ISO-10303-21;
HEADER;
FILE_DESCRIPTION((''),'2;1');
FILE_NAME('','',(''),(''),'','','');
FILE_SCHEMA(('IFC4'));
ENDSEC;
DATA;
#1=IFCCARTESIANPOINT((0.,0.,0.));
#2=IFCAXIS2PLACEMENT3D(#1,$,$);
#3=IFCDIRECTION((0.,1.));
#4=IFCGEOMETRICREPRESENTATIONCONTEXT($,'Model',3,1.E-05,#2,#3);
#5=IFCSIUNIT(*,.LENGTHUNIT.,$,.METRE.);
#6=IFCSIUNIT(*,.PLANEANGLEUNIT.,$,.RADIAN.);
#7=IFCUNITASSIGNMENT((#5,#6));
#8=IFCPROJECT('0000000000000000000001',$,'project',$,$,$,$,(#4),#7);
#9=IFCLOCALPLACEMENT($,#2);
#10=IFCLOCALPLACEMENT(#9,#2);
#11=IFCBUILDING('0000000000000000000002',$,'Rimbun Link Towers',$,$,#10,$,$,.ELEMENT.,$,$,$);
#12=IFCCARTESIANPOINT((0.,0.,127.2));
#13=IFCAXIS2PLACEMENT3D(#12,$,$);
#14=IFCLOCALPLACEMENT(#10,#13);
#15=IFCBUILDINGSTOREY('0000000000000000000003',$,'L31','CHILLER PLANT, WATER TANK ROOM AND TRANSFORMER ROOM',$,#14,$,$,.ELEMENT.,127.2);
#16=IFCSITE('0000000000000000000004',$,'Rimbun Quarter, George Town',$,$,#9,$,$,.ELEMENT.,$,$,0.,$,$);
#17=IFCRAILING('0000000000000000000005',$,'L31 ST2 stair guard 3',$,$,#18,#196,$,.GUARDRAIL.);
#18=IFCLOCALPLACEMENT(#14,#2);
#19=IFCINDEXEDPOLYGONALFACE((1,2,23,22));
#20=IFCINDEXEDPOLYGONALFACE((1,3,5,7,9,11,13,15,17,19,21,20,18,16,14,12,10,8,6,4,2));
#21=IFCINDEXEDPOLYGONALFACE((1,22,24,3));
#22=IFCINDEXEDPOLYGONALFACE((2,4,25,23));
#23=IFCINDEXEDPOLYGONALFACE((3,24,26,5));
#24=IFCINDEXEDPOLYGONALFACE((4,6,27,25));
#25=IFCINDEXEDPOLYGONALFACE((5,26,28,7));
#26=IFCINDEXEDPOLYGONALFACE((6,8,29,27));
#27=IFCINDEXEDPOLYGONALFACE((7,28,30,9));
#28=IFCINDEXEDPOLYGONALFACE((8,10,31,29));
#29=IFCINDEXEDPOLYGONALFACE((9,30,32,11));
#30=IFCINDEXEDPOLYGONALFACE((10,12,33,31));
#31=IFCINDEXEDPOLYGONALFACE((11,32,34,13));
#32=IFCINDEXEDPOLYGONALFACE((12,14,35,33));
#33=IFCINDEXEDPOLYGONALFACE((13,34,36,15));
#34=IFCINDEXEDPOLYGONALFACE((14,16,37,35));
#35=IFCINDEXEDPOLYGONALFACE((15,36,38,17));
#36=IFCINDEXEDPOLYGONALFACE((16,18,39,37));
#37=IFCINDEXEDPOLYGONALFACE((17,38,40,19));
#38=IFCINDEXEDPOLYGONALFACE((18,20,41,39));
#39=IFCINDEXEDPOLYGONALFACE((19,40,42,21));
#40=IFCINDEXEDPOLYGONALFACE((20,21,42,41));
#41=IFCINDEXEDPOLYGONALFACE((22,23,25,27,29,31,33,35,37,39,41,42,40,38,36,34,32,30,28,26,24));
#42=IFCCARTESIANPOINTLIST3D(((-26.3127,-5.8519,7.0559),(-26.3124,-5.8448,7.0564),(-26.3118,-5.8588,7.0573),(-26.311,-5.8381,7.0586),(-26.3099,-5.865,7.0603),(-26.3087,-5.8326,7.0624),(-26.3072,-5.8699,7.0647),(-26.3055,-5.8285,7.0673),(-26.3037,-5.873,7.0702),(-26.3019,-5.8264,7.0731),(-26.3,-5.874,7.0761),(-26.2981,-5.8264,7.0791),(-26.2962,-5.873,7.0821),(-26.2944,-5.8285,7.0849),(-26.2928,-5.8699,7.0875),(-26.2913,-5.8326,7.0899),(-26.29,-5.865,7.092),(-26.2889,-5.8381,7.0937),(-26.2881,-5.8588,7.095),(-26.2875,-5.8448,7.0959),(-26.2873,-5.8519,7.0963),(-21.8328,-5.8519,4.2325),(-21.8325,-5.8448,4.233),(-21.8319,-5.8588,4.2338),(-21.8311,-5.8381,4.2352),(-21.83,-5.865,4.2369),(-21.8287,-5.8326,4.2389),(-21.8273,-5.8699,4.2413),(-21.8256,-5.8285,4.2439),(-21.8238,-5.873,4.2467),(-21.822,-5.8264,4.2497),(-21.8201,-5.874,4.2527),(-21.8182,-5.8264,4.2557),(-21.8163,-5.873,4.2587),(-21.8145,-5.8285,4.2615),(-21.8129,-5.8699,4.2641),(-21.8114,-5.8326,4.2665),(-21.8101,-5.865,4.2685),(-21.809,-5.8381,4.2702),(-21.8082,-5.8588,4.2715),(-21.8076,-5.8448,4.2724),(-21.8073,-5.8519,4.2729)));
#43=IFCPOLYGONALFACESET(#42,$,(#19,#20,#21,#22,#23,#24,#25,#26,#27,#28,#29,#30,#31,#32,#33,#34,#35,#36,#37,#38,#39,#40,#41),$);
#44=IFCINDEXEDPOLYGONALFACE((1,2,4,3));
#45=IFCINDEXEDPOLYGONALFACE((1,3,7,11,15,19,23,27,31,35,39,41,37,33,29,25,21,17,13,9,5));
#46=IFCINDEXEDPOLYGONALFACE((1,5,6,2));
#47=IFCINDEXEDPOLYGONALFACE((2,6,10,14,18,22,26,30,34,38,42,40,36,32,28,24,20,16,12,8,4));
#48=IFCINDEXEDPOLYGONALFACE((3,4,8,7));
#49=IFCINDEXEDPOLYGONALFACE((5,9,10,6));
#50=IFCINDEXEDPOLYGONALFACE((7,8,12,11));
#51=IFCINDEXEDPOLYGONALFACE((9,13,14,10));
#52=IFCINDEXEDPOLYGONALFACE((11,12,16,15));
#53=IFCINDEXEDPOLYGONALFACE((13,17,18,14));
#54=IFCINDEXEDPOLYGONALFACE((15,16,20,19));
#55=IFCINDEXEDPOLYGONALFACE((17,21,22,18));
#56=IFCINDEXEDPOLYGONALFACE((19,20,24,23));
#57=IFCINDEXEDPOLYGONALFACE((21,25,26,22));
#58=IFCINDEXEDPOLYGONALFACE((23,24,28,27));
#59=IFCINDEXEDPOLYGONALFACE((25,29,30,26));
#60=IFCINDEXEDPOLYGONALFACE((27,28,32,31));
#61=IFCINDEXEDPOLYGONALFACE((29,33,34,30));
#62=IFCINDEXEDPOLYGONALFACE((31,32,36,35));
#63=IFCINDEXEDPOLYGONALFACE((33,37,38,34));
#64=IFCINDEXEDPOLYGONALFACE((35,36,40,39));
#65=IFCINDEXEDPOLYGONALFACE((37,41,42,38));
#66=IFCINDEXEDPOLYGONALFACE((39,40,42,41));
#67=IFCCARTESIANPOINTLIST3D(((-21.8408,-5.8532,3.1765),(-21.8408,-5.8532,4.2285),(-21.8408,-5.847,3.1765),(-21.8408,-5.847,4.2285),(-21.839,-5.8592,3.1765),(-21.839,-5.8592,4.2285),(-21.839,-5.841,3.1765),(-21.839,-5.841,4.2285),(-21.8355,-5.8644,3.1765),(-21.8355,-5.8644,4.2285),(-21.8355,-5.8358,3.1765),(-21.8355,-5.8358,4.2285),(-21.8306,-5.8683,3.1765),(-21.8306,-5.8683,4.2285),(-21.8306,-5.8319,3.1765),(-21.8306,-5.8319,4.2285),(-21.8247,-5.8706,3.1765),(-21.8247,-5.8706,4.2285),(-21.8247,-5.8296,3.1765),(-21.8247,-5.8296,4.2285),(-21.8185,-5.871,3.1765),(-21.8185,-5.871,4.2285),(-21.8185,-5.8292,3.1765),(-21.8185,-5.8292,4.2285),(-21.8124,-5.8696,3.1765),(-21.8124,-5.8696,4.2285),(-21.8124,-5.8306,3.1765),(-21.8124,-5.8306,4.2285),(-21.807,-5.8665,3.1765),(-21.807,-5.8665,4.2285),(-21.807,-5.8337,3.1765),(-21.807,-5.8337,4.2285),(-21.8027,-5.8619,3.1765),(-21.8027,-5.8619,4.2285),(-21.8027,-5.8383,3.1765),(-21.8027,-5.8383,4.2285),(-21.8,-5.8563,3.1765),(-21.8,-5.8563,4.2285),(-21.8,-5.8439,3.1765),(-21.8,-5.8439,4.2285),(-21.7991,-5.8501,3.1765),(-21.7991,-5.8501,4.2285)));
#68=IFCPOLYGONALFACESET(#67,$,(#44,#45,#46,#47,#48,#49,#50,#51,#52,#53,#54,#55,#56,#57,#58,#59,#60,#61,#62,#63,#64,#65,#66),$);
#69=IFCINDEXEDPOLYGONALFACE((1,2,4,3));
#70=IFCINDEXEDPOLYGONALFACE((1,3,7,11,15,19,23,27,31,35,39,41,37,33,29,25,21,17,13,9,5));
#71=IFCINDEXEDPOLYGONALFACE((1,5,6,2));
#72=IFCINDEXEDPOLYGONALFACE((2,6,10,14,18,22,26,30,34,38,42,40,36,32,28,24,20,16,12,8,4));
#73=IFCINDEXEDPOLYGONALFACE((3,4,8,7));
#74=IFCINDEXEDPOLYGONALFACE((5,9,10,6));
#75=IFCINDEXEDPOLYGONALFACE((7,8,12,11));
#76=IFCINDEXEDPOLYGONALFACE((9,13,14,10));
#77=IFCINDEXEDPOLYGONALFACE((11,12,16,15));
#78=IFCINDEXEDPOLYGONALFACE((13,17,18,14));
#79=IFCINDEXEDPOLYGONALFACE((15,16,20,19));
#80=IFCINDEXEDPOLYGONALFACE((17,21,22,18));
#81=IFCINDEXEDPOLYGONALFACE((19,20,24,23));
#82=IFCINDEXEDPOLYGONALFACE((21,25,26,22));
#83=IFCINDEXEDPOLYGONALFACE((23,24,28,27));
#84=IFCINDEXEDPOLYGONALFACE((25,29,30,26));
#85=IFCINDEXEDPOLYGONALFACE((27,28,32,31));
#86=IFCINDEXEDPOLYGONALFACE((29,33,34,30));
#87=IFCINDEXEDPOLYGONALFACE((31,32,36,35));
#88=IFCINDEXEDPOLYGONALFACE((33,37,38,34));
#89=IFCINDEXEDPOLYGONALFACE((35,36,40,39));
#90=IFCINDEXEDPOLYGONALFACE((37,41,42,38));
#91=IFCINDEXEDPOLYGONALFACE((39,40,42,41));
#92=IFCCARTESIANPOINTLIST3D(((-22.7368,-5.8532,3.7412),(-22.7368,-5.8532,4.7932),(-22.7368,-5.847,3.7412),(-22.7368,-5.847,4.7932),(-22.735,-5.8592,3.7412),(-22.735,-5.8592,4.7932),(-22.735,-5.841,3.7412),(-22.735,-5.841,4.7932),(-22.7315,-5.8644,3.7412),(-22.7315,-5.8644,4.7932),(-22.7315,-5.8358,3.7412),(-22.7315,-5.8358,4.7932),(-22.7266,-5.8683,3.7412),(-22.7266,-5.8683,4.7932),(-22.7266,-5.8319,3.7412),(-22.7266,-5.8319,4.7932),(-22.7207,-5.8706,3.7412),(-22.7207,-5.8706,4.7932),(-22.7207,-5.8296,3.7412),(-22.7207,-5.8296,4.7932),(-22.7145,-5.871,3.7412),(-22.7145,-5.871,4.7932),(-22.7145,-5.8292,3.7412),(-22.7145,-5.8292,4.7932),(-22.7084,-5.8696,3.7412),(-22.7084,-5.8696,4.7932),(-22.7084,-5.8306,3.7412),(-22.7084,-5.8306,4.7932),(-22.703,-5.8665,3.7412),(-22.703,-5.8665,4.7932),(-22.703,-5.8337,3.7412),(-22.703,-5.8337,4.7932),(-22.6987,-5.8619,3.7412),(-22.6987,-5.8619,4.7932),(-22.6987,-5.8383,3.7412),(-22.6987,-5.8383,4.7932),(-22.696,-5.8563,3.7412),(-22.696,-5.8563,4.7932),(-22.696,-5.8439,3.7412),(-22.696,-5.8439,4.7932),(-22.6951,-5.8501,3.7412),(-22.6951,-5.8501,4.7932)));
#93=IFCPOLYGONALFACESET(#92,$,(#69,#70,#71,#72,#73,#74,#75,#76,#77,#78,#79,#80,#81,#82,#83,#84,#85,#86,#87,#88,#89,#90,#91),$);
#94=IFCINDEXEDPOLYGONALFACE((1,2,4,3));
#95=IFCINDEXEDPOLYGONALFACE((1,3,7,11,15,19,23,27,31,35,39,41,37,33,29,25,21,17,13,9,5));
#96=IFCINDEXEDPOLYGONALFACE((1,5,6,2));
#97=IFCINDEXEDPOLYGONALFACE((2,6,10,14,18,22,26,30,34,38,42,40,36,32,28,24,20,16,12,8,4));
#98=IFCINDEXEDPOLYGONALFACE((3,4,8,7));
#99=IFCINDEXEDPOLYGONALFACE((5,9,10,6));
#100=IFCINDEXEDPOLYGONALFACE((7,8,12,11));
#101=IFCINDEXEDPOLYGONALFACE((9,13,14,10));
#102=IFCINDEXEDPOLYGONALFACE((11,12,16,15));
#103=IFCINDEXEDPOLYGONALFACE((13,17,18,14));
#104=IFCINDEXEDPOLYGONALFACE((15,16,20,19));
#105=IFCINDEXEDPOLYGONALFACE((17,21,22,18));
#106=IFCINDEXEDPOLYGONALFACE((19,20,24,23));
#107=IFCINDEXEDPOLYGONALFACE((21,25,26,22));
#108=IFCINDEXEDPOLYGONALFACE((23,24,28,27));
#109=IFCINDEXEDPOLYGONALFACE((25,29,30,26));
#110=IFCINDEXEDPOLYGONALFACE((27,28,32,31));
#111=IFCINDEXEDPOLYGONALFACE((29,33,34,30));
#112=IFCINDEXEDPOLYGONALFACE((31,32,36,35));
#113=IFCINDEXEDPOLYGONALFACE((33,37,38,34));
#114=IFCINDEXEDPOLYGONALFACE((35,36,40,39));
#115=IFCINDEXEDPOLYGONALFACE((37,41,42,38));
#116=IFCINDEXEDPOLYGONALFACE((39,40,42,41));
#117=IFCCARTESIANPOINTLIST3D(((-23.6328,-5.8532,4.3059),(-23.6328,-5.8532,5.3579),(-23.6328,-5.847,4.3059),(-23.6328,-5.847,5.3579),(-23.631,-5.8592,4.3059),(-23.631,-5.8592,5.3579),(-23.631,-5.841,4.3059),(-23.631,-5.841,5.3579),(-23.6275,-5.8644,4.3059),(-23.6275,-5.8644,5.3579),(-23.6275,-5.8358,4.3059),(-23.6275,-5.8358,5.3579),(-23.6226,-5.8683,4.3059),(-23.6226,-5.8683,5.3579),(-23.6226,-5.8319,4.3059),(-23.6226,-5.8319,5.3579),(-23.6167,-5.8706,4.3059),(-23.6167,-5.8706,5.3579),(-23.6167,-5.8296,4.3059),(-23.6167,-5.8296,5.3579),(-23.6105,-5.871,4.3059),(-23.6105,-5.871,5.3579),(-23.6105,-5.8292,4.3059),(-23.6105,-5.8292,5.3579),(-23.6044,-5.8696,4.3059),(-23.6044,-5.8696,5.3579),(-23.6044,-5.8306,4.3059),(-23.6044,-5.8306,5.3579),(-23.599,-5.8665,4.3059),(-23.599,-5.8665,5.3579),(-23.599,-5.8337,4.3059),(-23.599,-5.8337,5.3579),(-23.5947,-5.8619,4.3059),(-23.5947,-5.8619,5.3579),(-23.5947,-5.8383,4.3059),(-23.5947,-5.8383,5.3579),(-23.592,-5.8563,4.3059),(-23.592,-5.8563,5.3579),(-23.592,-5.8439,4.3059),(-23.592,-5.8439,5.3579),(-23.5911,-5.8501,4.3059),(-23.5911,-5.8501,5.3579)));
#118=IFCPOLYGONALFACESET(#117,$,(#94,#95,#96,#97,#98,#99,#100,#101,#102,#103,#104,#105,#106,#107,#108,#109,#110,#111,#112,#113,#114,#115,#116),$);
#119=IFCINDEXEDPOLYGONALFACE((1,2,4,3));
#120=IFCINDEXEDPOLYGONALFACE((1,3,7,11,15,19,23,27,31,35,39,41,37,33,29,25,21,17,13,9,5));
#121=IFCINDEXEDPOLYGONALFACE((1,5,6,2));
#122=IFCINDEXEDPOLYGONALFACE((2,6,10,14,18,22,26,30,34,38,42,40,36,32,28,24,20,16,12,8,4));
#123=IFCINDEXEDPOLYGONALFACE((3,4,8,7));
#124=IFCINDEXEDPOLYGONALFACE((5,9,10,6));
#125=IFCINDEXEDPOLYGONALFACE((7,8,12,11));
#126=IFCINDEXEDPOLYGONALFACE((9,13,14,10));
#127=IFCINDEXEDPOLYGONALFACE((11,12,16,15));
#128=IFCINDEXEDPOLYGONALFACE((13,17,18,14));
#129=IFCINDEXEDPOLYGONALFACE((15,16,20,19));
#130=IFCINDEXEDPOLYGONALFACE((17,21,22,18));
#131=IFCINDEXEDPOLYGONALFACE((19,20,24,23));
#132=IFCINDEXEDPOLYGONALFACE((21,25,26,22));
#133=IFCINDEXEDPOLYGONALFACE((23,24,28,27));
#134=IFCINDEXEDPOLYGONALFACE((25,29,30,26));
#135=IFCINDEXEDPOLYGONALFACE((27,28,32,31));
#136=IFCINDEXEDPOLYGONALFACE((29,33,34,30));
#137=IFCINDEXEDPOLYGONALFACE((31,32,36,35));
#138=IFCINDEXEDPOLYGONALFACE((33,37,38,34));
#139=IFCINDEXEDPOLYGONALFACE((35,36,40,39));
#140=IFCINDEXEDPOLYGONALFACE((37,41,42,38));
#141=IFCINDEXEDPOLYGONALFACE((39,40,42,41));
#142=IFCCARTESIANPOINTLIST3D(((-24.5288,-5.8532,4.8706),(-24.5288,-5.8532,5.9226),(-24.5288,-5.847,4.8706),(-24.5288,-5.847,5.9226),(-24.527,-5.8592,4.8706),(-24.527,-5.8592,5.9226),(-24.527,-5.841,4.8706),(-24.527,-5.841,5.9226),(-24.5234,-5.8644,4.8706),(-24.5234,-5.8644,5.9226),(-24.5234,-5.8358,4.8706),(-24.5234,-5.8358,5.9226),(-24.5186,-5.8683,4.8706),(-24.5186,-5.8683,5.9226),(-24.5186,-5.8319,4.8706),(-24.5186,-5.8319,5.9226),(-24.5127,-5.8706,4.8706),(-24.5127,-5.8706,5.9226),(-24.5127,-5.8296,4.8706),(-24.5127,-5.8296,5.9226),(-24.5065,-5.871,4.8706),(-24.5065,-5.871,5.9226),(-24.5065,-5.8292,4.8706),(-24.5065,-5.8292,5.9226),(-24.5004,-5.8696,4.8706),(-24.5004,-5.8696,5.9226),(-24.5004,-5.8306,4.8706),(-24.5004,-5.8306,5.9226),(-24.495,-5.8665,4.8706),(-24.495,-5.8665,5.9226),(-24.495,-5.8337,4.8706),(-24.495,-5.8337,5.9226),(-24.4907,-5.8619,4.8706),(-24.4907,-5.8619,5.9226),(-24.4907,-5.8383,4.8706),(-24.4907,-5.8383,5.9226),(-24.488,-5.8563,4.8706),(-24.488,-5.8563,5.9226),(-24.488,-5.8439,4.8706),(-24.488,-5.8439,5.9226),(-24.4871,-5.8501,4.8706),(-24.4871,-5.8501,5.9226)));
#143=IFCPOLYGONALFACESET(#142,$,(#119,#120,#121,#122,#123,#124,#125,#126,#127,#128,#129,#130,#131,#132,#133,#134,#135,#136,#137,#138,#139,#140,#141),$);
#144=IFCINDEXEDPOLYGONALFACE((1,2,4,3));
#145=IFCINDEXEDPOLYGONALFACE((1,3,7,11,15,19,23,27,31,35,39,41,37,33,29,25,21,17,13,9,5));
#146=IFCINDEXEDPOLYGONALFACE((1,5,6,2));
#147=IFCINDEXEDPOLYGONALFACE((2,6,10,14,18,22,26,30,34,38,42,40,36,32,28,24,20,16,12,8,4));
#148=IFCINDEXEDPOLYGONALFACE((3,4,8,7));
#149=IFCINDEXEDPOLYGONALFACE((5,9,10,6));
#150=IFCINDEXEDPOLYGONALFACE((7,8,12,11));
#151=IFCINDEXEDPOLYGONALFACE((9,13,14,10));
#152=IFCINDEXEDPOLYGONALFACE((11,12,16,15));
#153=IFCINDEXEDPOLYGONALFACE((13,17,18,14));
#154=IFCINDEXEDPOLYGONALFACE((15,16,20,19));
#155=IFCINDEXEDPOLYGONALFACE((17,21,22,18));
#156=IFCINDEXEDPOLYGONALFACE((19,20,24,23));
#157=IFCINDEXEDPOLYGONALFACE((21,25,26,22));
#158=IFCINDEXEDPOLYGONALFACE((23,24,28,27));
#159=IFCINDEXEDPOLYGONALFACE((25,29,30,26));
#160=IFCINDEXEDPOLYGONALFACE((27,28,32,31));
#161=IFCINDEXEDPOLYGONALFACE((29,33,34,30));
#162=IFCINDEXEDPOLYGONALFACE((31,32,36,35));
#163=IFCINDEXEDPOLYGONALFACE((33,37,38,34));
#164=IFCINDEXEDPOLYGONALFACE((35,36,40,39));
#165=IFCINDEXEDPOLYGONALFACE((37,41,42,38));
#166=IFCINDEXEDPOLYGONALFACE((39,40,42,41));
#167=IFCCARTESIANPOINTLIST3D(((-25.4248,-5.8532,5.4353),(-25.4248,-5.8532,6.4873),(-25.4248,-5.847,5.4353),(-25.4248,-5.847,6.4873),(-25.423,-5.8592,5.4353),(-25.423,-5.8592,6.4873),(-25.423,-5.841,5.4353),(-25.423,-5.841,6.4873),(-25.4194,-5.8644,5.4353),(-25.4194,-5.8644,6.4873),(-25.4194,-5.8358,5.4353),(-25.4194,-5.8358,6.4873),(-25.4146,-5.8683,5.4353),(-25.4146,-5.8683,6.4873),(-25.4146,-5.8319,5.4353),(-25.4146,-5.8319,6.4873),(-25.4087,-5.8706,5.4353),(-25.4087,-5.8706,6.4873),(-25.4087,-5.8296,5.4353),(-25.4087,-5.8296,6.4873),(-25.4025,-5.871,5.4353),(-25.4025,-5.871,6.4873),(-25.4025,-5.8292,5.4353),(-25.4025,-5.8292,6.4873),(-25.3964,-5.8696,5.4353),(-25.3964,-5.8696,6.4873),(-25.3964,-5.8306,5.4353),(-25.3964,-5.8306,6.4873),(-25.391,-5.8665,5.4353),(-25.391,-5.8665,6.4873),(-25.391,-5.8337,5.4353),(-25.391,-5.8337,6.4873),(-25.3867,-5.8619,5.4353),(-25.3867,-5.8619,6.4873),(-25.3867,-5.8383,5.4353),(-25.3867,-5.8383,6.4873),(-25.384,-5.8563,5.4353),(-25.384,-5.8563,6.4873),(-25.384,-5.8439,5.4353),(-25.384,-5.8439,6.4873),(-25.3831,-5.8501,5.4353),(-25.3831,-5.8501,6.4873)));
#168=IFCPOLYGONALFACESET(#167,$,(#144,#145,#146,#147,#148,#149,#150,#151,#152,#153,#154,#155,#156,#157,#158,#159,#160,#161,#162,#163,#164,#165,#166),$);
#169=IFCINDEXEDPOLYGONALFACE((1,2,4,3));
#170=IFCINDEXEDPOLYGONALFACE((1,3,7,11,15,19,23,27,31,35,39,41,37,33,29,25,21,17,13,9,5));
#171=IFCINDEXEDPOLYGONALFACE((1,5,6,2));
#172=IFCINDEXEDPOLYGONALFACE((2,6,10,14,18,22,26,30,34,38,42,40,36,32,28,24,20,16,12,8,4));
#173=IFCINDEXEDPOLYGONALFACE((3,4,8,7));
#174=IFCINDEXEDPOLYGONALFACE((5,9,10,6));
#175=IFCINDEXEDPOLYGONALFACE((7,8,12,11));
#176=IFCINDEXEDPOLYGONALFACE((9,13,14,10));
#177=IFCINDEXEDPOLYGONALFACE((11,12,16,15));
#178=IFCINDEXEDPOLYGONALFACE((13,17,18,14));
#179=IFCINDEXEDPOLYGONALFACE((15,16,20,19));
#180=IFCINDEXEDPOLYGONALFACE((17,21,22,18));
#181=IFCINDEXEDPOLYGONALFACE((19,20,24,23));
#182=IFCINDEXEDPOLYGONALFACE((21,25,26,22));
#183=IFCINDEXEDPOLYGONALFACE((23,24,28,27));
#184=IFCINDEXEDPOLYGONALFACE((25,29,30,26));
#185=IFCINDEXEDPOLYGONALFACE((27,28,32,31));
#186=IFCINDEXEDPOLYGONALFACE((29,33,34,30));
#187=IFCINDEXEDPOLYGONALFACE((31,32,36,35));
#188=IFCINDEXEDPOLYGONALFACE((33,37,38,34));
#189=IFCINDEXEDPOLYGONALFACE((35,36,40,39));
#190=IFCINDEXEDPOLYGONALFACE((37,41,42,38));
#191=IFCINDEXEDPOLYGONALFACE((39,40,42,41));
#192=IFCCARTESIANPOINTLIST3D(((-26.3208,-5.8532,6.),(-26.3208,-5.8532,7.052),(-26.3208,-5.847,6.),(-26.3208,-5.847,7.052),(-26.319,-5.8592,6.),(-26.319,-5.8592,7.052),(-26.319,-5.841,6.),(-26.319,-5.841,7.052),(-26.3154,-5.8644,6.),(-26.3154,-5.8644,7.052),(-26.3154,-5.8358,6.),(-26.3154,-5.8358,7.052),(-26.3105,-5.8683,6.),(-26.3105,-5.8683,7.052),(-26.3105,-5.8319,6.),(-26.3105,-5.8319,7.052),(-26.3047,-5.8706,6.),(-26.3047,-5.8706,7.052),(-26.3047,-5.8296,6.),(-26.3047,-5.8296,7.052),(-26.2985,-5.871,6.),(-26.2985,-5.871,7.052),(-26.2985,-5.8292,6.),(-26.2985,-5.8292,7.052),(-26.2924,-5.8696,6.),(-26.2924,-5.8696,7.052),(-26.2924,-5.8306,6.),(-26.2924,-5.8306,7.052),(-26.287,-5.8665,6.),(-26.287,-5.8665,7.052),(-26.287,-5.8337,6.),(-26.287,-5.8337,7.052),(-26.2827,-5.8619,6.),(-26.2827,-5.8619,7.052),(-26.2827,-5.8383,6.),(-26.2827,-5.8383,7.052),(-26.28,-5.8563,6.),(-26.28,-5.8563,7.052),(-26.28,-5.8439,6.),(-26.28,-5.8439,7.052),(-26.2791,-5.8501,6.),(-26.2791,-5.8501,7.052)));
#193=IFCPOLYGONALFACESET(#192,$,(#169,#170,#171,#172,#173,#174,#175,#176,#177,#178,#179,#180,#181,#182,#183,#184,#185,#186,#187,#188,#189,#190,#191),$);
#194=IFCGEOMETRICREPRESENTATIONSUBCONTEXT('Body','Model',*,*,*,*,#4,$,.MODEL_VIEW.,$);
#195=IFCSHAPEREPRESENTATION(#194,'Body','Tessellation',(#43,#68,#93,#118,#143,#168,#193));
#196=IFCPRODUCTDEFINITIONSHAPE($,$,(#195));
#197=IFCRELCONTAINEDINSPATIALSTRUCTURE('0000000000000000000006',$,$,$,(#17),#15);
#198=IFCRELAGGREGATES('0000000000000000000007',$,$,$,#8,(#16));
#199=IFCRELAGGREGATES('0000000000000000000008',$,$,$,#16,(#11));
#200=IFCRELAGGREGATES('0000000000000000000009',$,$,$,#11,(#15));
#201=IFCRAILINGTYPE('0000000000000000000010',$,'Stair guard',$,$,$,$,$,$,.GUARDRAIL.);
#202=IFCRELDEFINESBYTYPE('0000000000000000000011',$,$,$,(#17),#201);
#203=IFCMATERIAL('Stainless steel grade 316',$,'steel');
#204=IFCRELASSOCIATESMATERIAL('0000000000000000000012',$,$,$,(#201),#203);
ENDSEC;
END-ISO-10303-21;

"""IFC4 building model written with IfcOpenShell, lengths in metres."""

from ifc_helpers import new_model, si_unit, direction, frame, origin, origin_2d, place, context, subcontext, project, spatial, circle, extrude, material, type_object, element, save


model = new_model("IFC4")

# Units and contexts
model_context = context("Model", 3, precision=1e-05, world=origin(), true_north=direction((0.0, 1.0)))
body_context = subcontext(model_context, "Body", "Model", "MODEL_VIEW")
ifc_project = project(units=[si_unit("LENGTHUNIT", "METRE"), si_unit("PLANEANGLEUNIT", "RADIAN")], contexts=[model_context])

# Site, building, storey
site_placement = place(None, origin())
site = spatial("IfcSite", under=ifc_project, at=site_placement, Name="Rimbun Quarter, George Town", CompositionType="ELEMENT", RefElevation=0.0)
building_placement = place(site_placement, origin())
building = spatial("IfcBuilding", under=site, at=building_placement, Name="Rimbun Link Towers", CompositionType="ELEMENT")
storey_placement = place(building_placement, frame((0.0, 0.0, 127.2)))
storey = spatial("IfcBuildingStorey", under=building, at=storey_placement, Name="L31", Description="CHILLER PLANT, WATER TANK ROOM AND TRANSFORMER ROOM", CompositionType="ELEMENT", Elevation=127.2)

# Railing
ifc_material_1 = material(Name="Stainless steel grade 316", Category="steel")
railing_type_1 = type_object("IfcRailingType", Name="Stair guard", PredefinedType="GUARDRAIL", material=ifc_material_1)
railing_1_placement = place(storey_placement, frame((-21.8201, -5.8501, 3.1765)))
element("IfcRailing", 1, at=railing_1_placement, inside=storey, type_object=railing_type_1, Name="L31 ST2 stair guard 3", PredefinedType="GUARDRAIL", context=body_context, shape_type="SweptSolid", body=[
    extrude(circle(Radius=0.0239, at=origin_2d()), frame((0.0, 0.0, 1.0762), z_axis=(-0.845998, 0.0, 0.533186), x_axis=(0.0, -1.0, 0.0)), (0.0, 0.0, 1.0), 5.2954),
    extrude(circle(Radius=0.021, at=origin_2d()), origin(), (0.0, 0.0, 1.0), 1.052),
    extrude(circle(Radius=0.021, at=origin_2d()), frame((-0.896, 0.0, 0.5647)), (0.0, 0.0, 1.0), 1.052),
    extrude(circle(Radius=0.021, at=origin_2d()), frame((-1.792, 0.0, 1.1294)), (0.0, 0.0, 1.0), 1.052),
    extrude(circle(Radius=0.021, at=origin_2d()), frame((-2.688, 0.0, 1.6941)), (0.0, 0.0, 1.0), 1.052),
    extrude(circle(Radius=0.021, at=origin_2d()), frame((-3.584, 0.0, 2.2588)), (0.0, 0.0, 1.0), 1.052),
    extrude(circle(Radius=0.021, at=origin_2d()), frame((-4.48, 0.0, 2.8235)), (0.0, 0.0, 1.0), 1.052),
])

save(model, "model.ifc")
